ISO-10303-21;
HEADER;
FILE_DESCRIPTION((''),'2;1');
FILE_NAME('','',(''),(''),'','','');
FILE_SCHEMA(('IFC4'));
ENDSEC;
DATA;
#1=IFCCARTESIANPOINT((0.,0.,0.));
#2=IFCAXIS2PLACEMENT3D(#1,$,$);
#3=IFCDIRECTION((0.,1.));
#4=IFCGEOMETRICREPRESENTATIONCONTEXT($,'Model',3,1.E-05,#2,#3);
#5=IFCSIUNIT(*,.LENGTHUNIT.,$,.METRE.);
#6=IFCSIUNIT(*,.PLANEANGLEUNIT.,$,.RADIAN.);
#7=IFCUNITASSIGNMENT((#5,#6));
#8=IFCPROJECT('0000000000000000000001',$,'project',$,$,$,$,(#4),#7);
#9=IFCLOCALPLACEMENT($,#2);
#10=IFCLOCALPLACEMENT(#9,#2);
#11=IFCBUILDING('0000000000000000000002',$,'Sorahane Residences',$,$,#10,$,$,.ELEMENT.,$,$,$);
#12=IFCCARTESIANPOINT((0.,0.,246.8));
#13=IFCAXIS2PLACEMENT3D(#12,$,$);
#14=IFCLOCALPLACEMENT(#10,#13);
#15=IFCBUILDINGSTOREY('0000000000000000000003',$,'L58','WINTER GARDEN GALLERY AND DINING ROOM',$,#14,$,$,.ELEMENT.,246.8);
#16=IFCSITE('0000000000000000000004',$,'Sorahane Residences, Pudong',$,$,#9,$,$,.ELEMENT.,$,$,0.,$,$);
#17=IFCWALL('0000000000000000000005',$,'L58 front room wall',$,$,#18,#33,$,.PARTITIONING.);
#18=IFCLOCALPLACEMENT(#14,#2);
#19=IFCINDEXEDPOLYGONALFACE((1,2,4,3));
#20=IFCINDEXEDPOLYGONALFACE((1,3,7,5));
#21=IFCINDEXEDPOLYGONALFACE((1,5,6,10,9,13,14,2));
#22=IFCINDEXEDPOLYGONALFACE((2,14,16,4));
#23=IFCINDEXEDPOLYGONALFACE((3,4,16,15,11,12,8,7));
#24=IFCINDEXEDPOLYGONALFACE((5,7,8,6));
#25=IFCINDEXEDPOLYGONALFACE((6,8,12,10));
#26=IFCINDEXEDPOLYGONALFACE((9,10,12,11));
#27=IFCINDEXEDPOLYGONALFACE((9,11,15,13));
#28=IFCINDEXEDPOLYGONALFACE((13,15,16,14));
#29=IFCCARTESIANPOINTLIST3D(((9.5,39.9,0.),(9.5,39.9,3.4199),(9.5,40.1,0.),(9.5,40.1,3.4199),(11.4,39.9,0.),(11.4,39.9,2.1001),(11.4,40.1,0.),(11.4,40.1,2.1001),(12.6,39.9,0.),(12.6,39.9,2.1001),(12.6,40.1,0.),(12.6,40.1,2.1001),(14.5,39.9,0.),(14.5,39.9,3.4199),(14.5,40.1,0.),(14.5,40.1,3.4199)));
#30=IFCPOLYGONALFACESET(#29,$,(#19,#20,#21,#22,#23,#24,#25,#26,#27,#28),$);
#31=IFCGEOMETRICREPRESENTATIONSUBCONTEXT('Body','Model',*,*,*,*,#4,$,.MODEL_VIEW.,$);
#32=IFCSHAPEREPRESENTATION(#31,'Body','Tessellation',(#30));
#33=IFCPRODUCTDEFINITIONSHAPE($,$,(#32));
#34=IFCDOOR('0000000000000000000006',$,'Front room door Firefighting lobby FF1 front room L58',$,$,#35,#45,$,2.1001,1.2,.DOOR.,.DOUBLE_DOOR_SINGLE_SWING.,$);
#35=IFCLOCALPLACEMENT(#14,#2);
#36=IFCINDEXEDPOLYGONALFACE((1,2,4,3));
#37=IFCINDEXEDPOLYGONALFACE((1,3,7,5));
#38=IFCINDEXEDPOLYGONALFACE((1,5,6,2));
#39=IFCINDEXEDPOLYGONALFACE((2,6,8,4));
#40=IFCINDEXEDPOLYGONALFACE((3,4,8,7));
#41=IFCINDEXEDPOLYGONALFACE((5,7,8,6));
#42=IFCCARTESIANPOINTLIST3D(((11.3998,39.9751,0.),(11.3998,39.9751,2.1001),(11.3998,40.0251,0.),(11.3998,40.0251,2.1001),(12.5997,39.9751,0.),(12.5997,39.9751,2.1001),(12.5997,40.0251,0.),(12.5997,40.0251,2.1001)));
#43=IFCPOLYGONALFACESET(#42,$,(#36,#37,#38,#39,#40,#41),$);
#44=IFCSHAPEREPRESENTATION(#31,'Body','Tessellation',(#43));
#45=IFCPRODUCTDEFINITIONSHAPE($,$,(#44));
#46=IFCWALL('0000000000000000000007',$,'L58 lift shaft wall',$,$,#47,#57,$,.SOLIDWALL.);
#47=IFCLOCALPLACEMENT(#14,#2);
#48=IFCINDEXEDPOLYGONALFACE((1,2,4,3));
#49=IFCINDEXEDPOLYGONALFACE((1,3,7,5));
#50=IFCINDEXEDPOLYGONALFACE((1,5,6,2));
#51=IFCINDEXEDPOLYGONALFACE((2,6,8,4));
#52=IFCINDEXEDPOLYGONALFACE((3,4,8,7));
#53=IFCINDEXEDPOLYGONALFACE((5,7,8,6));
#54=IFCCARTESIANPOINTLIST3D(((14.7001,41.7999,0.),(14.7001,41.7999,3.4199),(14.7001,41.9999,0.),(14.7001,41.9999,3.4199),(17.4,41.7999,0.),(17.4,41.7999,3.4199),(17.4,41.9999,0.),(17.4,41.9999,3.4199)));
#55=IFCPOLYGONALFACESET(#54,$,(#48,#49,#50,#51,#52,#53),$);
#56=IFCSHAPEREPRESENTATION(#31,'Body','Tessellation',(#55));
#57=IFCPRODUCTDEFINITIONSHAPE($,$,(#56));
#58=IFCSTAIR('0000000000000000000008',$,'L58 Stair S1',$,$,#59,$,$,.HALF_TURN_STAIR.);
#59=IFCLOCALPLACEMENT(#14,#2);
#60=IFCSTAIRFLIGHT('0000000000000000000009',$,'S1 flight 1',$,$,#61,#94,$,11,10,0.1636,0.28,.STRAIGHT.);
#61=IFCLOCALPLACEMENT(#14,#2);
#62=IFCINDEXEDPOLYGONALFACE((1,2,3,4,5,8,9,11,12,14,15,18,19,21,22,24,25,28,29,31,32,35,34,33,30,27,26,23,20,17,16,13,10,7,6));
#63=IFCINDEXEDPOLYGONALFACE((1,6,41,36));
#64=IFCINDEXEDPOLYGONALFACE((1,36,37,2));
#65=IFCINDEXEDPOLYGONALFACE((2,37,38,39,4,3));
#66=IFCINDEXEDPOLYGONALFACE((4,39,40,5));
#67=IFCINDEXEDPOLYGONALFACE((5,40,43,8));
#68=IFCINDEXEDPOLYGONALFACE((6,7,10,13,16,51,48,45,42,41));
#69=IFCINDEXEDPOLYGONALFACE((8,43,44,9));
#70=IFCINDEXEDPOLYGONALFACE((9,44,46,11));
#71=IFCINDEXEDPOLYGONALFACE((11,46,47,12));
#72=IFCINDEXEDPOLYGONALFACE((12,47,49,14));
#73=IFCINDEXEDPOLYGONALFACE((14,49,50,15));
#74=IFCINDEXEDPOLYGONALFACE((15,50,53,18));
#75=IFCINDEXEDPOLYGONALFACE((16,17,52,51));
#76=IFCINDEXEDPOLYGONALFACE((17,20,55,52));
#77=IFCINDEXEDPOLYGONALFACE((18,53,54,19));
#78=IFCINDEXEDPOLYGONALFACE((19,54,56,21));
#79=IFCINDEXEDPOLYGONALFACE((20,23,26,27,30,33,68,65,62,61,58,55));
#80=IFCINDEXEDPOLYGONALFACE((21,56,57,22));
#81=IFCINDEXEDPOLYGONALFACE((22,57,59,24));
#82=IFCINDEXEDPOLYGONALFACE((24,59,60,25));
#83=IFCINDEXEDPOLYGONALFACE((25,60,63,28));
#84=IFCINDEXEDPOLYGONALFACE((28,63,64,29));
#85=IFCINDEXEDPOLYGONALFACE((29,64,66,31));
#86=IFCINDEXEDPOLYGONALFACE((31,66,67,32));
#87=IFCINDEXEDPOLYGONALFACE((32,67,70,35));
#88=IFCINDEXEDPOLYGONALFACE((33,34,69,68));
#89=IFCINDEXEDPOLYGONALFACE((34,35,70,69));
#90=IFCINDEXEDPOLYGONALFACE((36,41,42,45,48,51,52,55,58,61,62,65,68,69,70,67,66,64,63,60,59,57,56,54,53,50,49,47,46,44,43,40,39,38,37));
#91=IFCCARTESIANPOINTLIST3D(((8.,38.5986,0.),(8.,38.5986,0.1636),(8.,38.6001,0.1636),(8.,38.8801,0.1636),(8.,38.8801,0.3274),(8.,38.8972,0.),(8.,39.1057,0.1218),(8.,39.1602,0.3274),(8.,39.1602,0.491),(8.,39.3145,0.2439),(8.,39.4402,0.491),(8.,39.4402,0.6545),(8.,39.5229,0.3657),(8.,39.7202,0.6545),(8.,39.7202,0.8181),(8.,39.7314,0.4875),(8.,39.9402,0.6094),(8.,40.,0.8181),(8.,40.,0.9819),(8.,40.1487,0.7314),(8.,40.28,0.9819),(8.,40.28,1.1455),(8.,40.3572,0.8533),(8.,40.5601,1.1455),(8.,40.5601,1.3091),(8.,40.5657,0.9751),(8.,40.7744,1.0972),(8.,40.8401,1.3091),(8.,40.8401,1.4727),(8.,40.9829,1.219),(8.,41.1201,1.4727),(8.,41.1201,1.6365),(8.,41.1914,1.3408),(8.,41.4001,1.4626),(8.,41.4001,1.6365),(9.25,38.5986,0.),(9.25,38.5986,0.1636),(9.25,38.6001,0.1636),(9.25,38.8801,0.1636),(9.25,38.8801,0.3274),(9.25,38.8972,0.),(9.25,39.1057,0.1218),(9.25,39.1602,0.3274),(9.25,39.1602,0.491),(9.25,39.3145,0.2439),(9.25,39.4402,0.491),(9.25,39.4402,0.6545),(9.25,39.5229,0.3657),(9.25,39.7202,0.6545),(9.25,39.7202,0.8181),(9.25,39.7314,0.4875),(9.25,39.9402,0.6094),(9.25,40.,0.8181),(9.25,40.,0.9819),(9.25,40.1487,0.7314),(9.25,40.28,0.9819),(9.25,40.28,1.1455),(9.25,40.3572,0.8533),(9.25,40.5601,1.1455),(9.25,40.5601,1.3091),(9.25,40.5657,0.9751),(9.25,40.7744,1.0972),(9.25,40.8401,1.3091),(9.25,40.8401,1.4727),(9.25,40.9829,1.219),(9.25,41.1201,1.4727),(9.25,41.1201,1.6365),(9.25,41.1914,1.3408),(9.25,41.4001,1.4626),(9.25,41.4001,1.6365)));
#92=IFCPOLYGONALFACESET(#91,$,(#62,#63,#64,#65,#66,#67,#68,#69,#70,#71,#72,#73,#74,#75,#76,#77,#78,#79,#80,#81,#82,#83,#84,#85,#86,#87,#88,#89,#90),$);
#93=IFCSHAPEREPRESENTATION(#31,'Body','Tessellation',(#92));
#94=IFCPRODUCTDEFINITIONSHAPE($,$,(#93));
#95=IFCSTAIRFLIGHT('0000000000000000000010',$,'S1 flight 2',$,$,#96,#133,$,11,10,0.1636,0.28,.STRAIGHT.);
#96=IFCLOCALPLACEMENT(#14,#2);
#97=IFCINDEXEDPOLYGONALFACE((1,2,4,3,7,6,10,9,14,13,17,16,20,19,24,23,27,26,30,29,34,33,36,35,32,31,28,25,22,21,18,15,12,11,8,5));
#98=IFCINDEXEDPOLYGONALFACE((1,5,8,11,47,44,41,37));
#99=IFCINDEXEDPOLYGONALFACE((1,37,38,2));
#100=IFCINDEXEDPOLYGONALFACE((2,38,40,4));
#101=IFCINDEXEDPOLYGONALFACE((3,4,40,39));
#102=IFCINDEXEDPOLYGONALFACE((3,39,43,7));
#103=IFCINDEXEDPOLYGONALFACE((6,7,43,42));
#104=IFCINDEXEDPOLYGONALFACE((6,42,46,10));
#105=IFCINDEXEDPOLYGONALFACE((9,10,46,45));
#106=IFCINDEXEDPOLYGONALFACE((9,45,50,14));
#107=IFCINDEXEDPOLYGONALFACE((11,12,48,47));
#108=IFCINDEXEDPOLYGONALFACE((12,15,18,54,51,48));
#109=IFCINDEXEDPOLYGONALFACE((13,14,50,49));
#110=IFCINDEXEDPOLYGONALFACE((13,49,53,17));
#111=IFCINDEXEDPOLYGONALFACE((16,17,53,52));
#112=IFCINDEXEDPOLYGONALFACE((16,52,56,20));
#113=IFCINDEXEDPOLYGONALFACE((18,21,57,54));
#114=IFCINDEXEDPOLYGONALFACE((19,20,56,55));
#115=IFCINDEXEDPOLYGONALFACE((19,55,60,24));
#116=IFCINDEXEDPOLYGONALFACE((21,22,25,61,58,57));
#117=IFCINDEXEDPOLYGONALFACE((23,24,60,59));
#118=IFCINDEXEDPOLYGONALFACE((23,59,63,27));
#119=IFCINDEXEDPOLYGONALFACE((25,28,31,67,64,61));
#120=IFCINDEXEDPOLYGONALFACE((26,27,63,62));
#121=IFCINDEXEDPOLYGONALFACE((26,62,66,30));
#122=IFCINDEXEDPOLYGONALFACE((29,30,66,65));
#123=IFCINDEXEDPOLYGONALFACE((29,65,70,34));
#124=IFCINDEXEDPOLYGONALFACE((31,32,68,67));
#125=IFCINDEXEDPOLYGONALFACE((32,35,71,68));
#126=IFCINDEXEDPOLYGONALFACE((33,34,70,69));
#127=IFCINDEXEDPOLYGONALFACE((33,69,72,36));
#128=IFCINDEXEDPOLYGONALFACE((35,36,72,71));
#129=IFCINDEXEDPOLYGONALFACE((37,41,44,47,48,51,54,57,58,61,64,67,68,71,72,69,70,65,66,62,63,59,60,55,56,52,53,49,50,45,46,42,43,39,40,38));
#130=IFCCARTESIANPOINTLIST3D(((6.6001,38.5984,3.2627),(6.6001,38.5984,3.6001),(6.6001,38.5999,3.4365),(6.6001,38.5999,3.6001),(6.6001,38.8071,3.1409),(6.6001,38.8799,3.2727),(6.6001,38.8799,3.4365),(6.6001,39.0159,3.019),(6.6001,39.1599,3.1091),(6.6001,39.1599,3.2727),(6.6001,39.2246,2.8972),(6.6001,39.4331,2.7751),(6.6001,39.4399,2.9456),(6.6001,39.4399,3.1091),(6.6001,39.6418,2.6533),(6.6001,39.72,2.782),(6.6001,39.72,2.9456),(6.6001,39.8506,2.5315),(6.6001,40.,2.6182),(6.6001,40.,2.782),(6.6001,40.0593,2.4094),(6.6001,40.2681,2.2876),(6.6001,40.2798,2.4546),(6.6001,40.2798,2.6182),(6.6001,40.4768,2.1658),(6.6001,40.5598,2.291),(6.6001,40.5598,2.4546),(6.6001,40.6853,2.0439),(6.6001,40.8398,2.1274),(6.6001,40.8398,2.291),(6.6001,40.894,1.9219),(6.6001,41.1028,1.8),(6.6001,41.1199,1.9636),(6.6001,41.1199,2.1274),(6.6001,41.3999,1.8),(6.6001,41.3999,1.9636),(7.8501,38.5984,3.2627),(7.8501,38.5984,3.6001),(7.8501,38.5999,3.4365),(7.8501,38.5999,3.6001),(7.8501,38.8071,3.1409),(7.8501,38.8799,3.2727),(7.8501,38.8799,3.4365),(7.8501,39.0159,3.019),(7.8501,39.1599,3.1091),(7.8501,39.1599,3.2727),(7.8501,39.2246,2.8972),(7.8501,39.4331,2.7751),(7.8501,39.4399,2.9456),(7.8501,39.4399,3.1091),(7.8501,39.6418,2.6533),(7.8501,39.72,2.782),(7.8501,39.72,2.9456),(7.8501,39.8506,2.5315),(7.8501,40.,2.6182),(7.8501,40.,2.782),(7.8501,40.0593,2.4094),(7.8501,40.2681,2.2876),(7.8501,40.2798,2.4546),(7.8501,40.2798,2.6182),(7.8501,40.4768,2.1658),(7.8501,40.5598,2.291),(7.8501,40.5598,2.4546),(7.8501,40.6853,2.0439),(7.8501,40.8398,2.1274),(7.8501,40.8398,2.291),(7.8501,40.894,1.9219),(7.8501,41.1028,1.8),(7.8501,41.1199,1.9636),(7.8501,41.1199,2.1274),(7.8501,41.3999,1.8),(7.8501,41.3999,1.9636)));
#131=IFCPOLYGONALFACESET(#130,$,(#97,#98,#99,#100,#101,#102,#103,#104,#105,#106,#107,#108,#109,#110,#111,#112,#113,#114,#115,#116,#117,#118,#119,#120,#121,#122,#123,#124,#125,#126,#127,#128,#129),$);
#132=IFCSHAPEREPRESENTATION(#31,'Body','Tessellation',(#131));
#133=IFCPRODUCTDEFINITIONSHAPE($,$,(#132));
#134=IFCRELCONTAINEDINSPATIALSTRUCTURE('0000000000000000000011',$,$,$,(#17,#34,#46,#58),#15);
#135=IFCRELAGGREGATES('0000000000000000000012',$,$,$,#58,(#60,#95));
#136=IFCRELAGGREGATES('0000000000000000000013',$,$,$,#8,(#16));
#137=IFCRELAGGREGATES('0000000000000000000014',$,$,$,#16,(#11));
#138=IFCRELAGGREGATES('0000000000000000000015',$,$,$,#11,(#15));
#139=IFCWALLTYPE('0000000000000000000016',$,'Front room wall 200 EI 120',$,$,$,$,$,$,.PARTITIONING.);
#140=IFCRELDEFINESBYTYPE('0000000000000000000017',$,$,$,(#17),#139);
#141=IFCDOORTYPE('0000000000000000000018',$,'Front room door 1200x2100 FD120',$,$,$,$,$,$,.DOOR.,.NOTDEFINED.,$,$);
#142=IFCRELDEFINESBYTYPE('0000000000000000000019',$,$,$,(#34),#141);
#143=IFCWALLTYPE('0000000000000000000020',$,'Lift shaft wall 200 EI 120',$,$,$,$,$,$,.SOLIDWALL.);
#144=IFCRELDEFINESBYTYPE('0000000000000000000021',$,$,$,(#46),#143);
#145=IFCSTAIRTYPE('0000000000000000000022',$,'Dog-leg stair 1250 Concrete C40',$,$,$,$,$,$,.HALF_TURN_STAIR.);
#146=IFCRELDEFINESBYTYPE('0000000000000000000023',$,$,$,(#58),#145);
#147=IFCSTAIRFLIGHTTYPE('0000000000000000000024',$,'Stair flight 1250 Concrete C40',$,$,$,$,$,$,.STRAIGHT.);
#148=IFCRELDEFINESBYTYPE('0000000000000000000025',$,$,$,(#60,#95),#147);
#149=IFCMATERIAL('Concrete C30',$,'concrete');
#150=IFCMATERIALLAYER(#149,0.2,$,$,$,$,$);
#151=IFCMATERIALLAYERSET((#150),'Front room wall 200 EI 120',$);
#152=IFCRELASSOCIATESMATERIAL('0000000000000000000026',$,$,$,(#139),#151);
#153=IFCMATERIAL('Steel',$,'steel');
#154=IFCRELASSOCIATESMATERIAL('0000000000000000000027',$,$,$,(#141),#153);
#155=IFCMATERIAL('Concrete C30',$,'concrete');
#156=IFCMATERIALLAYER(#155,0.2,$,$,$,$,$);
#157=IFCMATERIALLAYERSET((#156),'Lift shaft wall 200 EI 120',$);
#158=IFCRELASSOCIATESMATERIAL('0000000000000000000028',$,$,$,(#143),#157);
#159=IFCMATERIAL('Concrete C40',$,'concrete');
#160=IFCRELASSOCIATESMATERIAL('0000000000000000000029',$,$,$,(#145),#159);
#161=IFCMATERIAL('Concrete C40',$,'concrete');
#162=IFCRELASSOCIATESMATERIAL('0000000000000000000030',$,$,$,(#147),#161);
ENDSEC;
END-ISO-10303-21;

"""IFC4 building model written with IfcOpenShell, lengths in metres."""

from ifc_helpers import new_model, si_unit, direction, frame, frame_2d, origin, place, context, subcontext, project, spatial, polyline, rectangle, outline, extrude, material, layer, layer_set, type_object, element, fill, aggregate, save


model = new_model("IFC4")

# Units and contexts
model_context = context("Model", 3, precision=1e-05, world=origin(), true_north=direction((0.0, 1.0)))
body_context = subcontext(model_context, "Body", "Model", "MODEL_VIEW")
ifc_project = project(units=[si_unit("LENGTHUNIT", "METRE"), si_unit("PLANEANGLEUNIT", "RADIAN")], contexts=[model_context])

# Site, building, storey
site_placement = place(None, origin())
site = spatial("IfcSite", under=ifc_project, at=site_placement, Name="Sorahane Residences, Pudong", CompositionType="ELEMENT", RefElevation=0.0)
building_placement = place(site_placement, origin())
building = spatial("IfcBuilding", under=site, at=building_placement, Name="Sorahane Residences", CompositionType="ELEMENT")
storey_placement = place(building_placement, frame((0.0, 0.0, 246.8)))
storey = spatial("IfcBuildingStorey", under=building, at=storey_placement, Name="L58", Description="WINTER GARDEN GALLERY AND DINING ROOM", CompositionType="ELEMENT", Elevation=246.8)

# Wall, opening, door
ifc_material_1 = material(Name="Concrete C30", Category="concrete")
ifc_layer_1 = layer(ifc_material_1, 0.2)
ifc_layer_set_1 = layer_set([ifc_layer_1], Name="Front room wall 200 EI 120")
wall_type_1 = type_object("IfcWallType", Name="Front room wall 200 EI 120", PredefinedType="PARTITIONING", material=ifc_layer_set_1)
wall_1_placement = place(storey_placement, frame((9.5, 40.0, 0.0), z_axis=(0.0, 0.0, 1.0), x_axis=(1.0, 0.0, 0.0)))
wall_1 = element("IfcWall", 1, at=wall_1_placement, inside=storey, type_object=wall_type_1, Name="L58 front room wall", PredefinedType="PARTITIONING", context=body_context, shape_type="SweptSolid", body=[
    extrude(rectangle(XDim=5.0, YDim=0.2, at=frame_2d((2.5, 0.0))), origin(), (0.0, 0.0, 1.0), 3.4199),
])
opening_placement = place(wall_1_placement, frame((1.8999, 0.0, 0.0)))
opening = element("IfcOpeningElement", 2, at=opening_placement, cuts=wall_1, PredefinedType="OPENING", context=body_context, shape_type="SweptSolid", body=[
    extrude(rectangle(XDim=1.2, YDim=2.1001, at=frame_2d((0.6001, 1.05))), frame((0.0, 0.1099, 0.0), z_axis=(0.0, -1.0, 0.0), x_axis=(1.0, 0.0, 0.0)), (0.0, 0.0, 1.0), 0.22),
])
ifc_material_2 = material(Name="Steel", Category="steel")
door_type = type_object("IfcDoorType", Name="Front room door 1200x2100 FD120", OperationType="NOTDEFINED", PredefinedType="DOOR", material=ifc_material_2)
door_placement = place(opening_placement, frame((1.2, 0.0, 0.0), z_axis=(0.0, 0.0, 1.0), x_axis=(-1.0, 0.0, 0.0)))
door = element("IfcDoor", 3, at=door_placement, inside=storey, type_object=door_type, Name="Front room door Firefighting lobby FF1 front room L58", OperationType="DOUBLE_DOOR_SINGLE_SWING", OverallHeight=2.1001, OverallWidth=1.2, PredefinedType="DOOR", context=body_context, shape_type="SweptSolid", body=[
    extrude(rectangle(XDim=1.2, YDim=2.1001, at=frame_2d((0.6001, 1.05))), frame((0.0, 0.0249, 0.0), z_axis=(0.0, -1.0, 0.0), x_axis=(1.0, 0.0, 0.0)), (0.0, 0.0, 1.0), 0.05),
])
fill(opening, door)

# Wall
ifc_material_3 = material(Name="Concrete C30", Category="concrete")
ifc_layer_2 = layer(ifc_material_3, 0.2)
ifc_layer_set_2 = layer_set([ifc_layer_2], Name="Lift shaft wall 200 EI 120")
wall_type_2 = type_object("IfcWallType", Name="Lift shaft wall 200 EI 120", PredefinedType="SOLIDWALL", material=ifc_layer_set_2)
wall_2_placement = place(storey_placement, frame((14.7, 41.8999, 0.0), z_axis=(0.0, 0.0, 1.0), x_axis=(1.0, 0.0, 0.0)))
element("IfcWall", 4, at=wall_2_placement, inside=storey, type_object=wall_type_2, Name="L58 lift shaft wall", PredefinedType="SOLIDWALL", context=body_context, shape_type="SweptSolid", body=[
    extrude(rectangle(XDim=2.7, YDim=0.2, at=frame_2d((1.3501, 0.0))), origin(), (0.0, 0.0, 1.0), 3.4199),
])

# Stair, stair flights
ifc_material_4 = material(Name="Concrete C40", Category="concrete")
stair_type = type_object("IfcStairType", Name="Dog-leg stair 1250 Concrete C40", PredefinedType="HALF_TURN_STAIR", material=ifc_material_4)
stair_placement = place(storey_placement, origin())
stair = element("IfcStair", 5, at=stair_placement, inside=storey, type_object=stair_type, Name="L58 Stair S1", PredefinedType="HALF_TURN_STAIR")
ifc_material_5 = material(Name="Concrete C40", Category="concrete")
stair_flight_type = type_object("IfcStairFlightType", Name="Stair flight 1250 Concrete C40", PredefinedType="STRAIGHT", material=ifc_material_5)
stair_flight_1_placement = place(storey_placement, frame((8.625, 38.6001, 0.0), z_axis=(0.0, 0.0, 1.0), x_axis=(0.0, 1.0, 0.0)))
stair_flight_1 = element("IfcStairFlight", 6, at=stair_flight_1_placement, type_object=stair_flight_type, Name="S1 flight 1", NumberOfRisers=11, NumberOfTreads=10, PredefinedType="STRAIGHT", RiserHeight=0.1636, TreadLength=0.28, context=body_context, shape_type="SweptSolid", body=[
    extrude(outline(polyline([(-0.0015, 0.0), (-0.0015, 0.1636), (0.0, 0.1636), (0.28, 0.1636), (0.28, 0.3274), (0.5601, 0.3274), (0.5601, 0.491), (0.8401, 0.491), (0.8401, 0.6545), (1.1201, 0.6545), (1.1201, 0.8181), (1.3999, 0.8181), (1.3999, 0.9819), (1.6799, 0.9819), (1.6799, 1.1455), (1.96, 1.1455), (1.96, 1.3091), (2.24, 1.3091), (2.24, 1.4727), (2.52, 1.4727), (2.52, 1.6365), (2.8, 1.6365), (2.8, 1.8), (2.8, 1.4626), (2.5913, 1.3408), (2.3828, 1.219), (2.1743, 1.0972), (1.9656, 0.9751), (1.7571, 0.8533), (1.5486, 0.7314), (1.3401, 0.6094), (1.1313, 0.4875), (0.9229, 0.3657), (0.7144, 0.2439), (0.5056, 0.1218), (0.2971, 0.0), (-0.0015, 0.0)])), frame((0.0, 0.625, 0.0), z_axis=(0.0, -1.0, 0.0), x_axis=(1.0, 0.0, 0.0)), (0.0, 0.0, 1.0), 1.25),
])
stair_flight_2_placement = place(storey_placement, frame((7.2251, 41.3999, 1.8), z_axis=(0.0, 0.0, 1.0), x_axis=(0.0, -1.0, 0.0)))
stair_flight_2 = element("IfcStairFlight", 7, at=stair_flight_2_placement, type_object=stair_flight_type, Name="S1 flight 2", NumberOfRisers=11, NumberOfTreads=10, PredefinedType="STRAIGHT", RiserHeight=0.1636, TreadLength=0.28, context=body_context, shape_type="SweptSolid", body=[
    extrude(outline(polyline([(0.0, 0.0), (0.0, 0.1636), (0.28, 0.1636), (0.28, 0.3274), (0.5601, 0.3274), (0.5601, 0.491), (0.8401, 0.491), (0.8401, 0.6545), (1.1201, 0.6545), (1.1201, 0.8181), (1.3999, 0.8181), (1.3999, 0.9819), (1.6799, 0.9819), (1.6799, 1.1455), (1.96, 1.1455), (1.96, 1.3091), (2.24, 1.3091), (2.24, 1.4727), (2.52, 1.4727), (2.52, 1.6365), (2.8, 1.6365), (2.8, 1.8), (2.8015, 1.8), (2.8015, 1.4626), (2.5928, 1.3408), (2.384, 1.219), (2.1753, 1.0972), (1.9668, 0.9751), (1.7581, 0.8533), (1.5493, 0.7314), (1.3406, 0.6094), (1.1318, 0.4875), (0.9231, 0.3657), (0.7146, 0.2439), (0.5059, 0.1218), (0.2971, 0.0), (0.0, 0.0)])), frame((0.0, 0.625, 0.0), z_axis=(0.0, -1.0, 0.0), x_axis=(1.0, 0.0, 0.0)), (0.0, 0.0, 1.0), 1.25),
])
aggregate(stair, [stair_flight_1, stair_flight_2])

save(model, "model.ifc")
